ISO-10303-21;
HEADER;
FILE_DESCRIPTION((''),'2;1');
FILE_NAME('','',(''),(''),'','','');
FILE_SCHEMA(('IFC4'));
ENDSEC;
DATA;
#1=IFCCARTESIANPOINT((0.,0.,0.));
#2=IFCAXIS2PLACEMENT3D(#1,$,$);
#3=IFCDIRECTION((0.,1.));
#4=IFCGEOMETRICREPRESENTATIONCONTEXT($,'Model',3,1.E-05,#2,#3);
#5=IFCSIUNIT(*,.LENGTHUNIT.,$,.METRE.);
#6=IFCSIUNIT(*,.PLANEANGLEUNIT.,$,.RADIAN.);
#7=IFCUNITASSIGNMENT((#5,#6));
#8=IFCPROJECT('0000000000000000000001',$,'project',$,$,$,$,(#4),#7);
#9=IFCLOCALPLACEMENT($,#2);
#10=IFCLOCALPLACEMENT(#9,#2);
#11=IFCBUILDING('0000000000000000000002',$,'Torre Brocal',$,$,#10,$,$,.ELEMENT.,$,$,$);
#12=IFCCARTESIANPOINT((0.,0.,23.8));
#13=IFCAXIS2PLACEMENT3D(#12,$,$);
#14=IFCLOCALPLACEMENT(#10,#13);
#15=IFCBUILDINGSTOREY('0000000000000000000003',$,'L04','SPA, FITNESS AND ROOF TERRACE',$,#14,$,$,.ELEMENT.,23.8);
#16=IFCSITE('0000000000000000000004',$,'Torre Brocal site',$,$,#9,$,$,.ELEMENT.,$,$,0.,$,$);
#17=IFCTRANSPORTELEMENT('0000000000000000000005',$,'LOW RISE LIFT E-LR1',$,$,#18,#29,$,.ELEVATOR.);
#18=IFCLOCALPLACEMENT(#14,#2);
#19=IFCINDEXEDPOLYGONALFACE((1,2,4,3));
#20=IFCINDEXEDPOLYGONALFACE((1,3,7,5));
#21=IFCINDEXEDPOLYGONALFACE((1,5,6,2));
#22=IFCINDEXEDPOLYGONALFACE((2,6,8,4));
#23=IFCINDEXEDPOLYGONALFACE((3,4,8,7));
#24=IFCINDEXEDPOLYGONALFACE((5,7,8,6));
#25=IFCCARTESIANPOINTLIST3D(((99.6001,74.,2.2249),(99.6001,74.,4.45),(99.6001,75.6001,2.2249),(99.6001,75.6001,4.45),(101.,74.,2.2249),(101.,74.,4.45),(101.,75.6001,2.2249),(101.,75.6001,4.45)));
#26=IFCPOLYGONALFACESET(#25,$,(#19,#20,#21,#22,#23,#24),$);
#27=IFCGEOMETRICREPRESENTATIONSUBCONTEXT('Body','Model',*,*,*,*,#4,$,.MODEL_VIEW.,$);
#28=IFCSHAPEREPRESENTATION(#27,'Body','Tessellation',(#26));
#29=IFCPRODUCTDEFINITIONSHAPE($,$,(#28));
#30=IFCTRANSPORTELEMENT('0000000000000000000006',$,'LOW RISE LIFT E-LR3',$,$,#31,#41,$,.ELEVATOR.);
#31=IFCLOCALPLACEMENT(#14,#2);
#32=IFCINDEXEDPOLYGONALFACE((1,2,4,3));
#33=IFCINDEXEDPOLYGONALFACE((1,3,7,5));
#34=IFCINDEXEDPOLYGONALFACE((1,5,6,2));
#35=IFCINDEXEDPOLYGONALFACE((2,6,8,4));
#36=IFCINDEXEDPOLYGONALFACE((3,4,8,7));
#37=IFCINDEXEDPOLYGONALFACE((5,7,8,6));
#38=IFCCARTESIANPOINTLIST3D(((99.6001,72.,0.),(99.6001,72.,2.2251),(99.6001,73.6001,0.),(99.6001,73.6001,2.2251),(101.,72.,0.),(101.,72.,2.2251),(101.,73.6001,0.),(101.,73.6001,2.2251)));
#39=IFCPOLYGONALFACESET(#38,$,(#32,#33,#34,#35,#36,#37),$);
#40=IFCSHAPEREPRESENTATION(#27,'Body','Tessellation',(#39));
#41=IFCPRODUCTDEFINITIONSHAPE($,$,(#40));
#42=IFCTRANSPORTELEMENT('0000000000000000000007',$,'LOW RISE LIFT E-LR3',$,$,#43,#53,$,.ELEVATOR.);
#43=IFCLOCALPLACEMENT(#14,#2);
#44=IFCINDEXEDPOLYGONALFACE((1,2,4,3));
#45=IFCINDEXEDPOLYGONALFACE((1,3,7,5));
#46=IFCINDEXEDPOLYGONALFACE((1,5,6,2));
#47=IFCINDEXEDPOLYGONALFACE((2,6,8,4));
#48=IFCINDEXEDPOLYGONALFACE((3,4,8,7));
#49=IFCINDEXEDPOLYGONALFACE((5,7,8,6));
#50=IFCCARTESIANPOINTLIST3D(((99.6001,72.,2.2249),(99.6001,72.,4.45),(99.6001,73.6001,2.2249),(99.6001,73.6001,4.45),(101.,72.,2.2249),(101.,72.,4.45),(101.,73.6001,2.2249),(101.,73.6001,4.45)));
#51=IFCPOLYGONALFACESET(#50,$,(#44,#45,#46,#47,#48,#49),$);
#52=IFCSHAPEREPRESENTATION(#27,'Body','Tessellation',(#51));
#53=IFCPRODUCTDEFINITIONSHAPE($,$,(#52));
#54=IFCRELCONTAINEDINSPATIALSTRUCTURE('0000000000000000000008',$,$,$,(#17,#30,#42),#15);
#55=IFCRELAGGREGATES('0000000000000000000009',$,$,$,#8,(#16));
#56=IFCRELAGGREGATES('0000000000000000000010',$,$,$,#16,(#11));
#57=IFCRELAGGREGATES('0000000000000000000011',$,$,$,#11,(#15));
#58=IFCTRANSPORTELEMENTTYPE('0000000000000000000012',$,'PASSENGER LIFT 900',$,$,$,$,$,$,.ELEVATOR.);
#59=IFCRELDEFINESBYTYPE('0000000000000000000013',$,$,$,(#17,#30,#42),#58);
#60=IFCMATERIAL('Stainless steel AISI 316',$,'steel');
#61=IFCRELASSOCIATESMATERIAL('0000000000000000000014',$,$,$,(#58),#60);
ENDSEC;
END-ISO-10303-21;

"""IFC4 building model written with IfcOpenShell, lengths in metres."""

from ifc_helpers import new_model, si_unit, direction, frame, origin, origin_2d, place, context, subcontext, project, spatial, rectangle, extrude, material, type_object, element, save


model = new_model("IFC4")

# Units and contexts
model_context = context("Model", 3, precision=1e-05, world=origin(), true_north=direction((0.0, 1.0)))
body_context = subcontext(model_context, "Body", "Model", "MODEL_VIEW")
ifc_project = project(units=[si_unit("LENGTHUNIT", "METRE"), si_unit("PLANEANGLEUNIT", "RADIAN")], contexts=[model_context])

# Site, building, storey
site_placement = place(None, origin())
site = spatial("IfcSite", under=ifc_project, at=site_placement, Name="Torre Brocal site", CompositionType="ELEMENT", RefElevation=0.0)
building_placement = place(site_placement, origin())
building = spatial("IfcBuilding", under=site, at=building_placement, Name="Torre Brocal", CompositionType="ELEMENT")
storey_placement = place(building_placement, frame((0.0, 0.0, 23.8)))
storey = spatial("IfcBuildingStorey", under=building, at=storey_placement, Name="L04", Description="SPA, FITNESS AND ROOF TERRACE", CompositionType="ELEMENT", Elevation=23.8)

# Transport elements
ifc_material_1 = material(Name="Stainless steel AISI 316", Category="steel")
transport_element_type_1 = type_object("IfcTransportElementType", Name="PASSENGER LIFT 900", PredefinedType="ELEVATOR", material=ifc_material_1)
for number, where, z_axis, x_axis, name in (
    (1, (100.3, 74.8, 2.2249), (0.0, 0.0, 1.0), (1.0, 0.0, 0.0), "LOW RISE LIFT E-LR1"),
    (2, (100.3, 72.8, 0.0), (0.0, 0.0, 1.0), (1.0, 0.0, 0.0), "LOW RISE LIFT E-LR3"),
    (3, (100.3, 72.8, 2.2249), (0.0, 0.0, 1.0), (1.0, 0.0, 0.0), "LOW RISE LIFT E-LR3"),
):
    element("IfcTransportElement", number, at=place(storey_placement, frame(where, z_axis=z_axis, x_axis=x_axis)), inside=storey, type_object=transport_element_type_1, Name=name, PredefinedType="ELEVATOR", context=body_context, shape_type="SweptSolid", body=[
        extrude(rectangle(XDim=1.3999, YDim=1.6001, at=origin_2d()), origin(), (0.0, 0.0, 1.0), 2.2251),
    ])

save(model, "model.ifc")
